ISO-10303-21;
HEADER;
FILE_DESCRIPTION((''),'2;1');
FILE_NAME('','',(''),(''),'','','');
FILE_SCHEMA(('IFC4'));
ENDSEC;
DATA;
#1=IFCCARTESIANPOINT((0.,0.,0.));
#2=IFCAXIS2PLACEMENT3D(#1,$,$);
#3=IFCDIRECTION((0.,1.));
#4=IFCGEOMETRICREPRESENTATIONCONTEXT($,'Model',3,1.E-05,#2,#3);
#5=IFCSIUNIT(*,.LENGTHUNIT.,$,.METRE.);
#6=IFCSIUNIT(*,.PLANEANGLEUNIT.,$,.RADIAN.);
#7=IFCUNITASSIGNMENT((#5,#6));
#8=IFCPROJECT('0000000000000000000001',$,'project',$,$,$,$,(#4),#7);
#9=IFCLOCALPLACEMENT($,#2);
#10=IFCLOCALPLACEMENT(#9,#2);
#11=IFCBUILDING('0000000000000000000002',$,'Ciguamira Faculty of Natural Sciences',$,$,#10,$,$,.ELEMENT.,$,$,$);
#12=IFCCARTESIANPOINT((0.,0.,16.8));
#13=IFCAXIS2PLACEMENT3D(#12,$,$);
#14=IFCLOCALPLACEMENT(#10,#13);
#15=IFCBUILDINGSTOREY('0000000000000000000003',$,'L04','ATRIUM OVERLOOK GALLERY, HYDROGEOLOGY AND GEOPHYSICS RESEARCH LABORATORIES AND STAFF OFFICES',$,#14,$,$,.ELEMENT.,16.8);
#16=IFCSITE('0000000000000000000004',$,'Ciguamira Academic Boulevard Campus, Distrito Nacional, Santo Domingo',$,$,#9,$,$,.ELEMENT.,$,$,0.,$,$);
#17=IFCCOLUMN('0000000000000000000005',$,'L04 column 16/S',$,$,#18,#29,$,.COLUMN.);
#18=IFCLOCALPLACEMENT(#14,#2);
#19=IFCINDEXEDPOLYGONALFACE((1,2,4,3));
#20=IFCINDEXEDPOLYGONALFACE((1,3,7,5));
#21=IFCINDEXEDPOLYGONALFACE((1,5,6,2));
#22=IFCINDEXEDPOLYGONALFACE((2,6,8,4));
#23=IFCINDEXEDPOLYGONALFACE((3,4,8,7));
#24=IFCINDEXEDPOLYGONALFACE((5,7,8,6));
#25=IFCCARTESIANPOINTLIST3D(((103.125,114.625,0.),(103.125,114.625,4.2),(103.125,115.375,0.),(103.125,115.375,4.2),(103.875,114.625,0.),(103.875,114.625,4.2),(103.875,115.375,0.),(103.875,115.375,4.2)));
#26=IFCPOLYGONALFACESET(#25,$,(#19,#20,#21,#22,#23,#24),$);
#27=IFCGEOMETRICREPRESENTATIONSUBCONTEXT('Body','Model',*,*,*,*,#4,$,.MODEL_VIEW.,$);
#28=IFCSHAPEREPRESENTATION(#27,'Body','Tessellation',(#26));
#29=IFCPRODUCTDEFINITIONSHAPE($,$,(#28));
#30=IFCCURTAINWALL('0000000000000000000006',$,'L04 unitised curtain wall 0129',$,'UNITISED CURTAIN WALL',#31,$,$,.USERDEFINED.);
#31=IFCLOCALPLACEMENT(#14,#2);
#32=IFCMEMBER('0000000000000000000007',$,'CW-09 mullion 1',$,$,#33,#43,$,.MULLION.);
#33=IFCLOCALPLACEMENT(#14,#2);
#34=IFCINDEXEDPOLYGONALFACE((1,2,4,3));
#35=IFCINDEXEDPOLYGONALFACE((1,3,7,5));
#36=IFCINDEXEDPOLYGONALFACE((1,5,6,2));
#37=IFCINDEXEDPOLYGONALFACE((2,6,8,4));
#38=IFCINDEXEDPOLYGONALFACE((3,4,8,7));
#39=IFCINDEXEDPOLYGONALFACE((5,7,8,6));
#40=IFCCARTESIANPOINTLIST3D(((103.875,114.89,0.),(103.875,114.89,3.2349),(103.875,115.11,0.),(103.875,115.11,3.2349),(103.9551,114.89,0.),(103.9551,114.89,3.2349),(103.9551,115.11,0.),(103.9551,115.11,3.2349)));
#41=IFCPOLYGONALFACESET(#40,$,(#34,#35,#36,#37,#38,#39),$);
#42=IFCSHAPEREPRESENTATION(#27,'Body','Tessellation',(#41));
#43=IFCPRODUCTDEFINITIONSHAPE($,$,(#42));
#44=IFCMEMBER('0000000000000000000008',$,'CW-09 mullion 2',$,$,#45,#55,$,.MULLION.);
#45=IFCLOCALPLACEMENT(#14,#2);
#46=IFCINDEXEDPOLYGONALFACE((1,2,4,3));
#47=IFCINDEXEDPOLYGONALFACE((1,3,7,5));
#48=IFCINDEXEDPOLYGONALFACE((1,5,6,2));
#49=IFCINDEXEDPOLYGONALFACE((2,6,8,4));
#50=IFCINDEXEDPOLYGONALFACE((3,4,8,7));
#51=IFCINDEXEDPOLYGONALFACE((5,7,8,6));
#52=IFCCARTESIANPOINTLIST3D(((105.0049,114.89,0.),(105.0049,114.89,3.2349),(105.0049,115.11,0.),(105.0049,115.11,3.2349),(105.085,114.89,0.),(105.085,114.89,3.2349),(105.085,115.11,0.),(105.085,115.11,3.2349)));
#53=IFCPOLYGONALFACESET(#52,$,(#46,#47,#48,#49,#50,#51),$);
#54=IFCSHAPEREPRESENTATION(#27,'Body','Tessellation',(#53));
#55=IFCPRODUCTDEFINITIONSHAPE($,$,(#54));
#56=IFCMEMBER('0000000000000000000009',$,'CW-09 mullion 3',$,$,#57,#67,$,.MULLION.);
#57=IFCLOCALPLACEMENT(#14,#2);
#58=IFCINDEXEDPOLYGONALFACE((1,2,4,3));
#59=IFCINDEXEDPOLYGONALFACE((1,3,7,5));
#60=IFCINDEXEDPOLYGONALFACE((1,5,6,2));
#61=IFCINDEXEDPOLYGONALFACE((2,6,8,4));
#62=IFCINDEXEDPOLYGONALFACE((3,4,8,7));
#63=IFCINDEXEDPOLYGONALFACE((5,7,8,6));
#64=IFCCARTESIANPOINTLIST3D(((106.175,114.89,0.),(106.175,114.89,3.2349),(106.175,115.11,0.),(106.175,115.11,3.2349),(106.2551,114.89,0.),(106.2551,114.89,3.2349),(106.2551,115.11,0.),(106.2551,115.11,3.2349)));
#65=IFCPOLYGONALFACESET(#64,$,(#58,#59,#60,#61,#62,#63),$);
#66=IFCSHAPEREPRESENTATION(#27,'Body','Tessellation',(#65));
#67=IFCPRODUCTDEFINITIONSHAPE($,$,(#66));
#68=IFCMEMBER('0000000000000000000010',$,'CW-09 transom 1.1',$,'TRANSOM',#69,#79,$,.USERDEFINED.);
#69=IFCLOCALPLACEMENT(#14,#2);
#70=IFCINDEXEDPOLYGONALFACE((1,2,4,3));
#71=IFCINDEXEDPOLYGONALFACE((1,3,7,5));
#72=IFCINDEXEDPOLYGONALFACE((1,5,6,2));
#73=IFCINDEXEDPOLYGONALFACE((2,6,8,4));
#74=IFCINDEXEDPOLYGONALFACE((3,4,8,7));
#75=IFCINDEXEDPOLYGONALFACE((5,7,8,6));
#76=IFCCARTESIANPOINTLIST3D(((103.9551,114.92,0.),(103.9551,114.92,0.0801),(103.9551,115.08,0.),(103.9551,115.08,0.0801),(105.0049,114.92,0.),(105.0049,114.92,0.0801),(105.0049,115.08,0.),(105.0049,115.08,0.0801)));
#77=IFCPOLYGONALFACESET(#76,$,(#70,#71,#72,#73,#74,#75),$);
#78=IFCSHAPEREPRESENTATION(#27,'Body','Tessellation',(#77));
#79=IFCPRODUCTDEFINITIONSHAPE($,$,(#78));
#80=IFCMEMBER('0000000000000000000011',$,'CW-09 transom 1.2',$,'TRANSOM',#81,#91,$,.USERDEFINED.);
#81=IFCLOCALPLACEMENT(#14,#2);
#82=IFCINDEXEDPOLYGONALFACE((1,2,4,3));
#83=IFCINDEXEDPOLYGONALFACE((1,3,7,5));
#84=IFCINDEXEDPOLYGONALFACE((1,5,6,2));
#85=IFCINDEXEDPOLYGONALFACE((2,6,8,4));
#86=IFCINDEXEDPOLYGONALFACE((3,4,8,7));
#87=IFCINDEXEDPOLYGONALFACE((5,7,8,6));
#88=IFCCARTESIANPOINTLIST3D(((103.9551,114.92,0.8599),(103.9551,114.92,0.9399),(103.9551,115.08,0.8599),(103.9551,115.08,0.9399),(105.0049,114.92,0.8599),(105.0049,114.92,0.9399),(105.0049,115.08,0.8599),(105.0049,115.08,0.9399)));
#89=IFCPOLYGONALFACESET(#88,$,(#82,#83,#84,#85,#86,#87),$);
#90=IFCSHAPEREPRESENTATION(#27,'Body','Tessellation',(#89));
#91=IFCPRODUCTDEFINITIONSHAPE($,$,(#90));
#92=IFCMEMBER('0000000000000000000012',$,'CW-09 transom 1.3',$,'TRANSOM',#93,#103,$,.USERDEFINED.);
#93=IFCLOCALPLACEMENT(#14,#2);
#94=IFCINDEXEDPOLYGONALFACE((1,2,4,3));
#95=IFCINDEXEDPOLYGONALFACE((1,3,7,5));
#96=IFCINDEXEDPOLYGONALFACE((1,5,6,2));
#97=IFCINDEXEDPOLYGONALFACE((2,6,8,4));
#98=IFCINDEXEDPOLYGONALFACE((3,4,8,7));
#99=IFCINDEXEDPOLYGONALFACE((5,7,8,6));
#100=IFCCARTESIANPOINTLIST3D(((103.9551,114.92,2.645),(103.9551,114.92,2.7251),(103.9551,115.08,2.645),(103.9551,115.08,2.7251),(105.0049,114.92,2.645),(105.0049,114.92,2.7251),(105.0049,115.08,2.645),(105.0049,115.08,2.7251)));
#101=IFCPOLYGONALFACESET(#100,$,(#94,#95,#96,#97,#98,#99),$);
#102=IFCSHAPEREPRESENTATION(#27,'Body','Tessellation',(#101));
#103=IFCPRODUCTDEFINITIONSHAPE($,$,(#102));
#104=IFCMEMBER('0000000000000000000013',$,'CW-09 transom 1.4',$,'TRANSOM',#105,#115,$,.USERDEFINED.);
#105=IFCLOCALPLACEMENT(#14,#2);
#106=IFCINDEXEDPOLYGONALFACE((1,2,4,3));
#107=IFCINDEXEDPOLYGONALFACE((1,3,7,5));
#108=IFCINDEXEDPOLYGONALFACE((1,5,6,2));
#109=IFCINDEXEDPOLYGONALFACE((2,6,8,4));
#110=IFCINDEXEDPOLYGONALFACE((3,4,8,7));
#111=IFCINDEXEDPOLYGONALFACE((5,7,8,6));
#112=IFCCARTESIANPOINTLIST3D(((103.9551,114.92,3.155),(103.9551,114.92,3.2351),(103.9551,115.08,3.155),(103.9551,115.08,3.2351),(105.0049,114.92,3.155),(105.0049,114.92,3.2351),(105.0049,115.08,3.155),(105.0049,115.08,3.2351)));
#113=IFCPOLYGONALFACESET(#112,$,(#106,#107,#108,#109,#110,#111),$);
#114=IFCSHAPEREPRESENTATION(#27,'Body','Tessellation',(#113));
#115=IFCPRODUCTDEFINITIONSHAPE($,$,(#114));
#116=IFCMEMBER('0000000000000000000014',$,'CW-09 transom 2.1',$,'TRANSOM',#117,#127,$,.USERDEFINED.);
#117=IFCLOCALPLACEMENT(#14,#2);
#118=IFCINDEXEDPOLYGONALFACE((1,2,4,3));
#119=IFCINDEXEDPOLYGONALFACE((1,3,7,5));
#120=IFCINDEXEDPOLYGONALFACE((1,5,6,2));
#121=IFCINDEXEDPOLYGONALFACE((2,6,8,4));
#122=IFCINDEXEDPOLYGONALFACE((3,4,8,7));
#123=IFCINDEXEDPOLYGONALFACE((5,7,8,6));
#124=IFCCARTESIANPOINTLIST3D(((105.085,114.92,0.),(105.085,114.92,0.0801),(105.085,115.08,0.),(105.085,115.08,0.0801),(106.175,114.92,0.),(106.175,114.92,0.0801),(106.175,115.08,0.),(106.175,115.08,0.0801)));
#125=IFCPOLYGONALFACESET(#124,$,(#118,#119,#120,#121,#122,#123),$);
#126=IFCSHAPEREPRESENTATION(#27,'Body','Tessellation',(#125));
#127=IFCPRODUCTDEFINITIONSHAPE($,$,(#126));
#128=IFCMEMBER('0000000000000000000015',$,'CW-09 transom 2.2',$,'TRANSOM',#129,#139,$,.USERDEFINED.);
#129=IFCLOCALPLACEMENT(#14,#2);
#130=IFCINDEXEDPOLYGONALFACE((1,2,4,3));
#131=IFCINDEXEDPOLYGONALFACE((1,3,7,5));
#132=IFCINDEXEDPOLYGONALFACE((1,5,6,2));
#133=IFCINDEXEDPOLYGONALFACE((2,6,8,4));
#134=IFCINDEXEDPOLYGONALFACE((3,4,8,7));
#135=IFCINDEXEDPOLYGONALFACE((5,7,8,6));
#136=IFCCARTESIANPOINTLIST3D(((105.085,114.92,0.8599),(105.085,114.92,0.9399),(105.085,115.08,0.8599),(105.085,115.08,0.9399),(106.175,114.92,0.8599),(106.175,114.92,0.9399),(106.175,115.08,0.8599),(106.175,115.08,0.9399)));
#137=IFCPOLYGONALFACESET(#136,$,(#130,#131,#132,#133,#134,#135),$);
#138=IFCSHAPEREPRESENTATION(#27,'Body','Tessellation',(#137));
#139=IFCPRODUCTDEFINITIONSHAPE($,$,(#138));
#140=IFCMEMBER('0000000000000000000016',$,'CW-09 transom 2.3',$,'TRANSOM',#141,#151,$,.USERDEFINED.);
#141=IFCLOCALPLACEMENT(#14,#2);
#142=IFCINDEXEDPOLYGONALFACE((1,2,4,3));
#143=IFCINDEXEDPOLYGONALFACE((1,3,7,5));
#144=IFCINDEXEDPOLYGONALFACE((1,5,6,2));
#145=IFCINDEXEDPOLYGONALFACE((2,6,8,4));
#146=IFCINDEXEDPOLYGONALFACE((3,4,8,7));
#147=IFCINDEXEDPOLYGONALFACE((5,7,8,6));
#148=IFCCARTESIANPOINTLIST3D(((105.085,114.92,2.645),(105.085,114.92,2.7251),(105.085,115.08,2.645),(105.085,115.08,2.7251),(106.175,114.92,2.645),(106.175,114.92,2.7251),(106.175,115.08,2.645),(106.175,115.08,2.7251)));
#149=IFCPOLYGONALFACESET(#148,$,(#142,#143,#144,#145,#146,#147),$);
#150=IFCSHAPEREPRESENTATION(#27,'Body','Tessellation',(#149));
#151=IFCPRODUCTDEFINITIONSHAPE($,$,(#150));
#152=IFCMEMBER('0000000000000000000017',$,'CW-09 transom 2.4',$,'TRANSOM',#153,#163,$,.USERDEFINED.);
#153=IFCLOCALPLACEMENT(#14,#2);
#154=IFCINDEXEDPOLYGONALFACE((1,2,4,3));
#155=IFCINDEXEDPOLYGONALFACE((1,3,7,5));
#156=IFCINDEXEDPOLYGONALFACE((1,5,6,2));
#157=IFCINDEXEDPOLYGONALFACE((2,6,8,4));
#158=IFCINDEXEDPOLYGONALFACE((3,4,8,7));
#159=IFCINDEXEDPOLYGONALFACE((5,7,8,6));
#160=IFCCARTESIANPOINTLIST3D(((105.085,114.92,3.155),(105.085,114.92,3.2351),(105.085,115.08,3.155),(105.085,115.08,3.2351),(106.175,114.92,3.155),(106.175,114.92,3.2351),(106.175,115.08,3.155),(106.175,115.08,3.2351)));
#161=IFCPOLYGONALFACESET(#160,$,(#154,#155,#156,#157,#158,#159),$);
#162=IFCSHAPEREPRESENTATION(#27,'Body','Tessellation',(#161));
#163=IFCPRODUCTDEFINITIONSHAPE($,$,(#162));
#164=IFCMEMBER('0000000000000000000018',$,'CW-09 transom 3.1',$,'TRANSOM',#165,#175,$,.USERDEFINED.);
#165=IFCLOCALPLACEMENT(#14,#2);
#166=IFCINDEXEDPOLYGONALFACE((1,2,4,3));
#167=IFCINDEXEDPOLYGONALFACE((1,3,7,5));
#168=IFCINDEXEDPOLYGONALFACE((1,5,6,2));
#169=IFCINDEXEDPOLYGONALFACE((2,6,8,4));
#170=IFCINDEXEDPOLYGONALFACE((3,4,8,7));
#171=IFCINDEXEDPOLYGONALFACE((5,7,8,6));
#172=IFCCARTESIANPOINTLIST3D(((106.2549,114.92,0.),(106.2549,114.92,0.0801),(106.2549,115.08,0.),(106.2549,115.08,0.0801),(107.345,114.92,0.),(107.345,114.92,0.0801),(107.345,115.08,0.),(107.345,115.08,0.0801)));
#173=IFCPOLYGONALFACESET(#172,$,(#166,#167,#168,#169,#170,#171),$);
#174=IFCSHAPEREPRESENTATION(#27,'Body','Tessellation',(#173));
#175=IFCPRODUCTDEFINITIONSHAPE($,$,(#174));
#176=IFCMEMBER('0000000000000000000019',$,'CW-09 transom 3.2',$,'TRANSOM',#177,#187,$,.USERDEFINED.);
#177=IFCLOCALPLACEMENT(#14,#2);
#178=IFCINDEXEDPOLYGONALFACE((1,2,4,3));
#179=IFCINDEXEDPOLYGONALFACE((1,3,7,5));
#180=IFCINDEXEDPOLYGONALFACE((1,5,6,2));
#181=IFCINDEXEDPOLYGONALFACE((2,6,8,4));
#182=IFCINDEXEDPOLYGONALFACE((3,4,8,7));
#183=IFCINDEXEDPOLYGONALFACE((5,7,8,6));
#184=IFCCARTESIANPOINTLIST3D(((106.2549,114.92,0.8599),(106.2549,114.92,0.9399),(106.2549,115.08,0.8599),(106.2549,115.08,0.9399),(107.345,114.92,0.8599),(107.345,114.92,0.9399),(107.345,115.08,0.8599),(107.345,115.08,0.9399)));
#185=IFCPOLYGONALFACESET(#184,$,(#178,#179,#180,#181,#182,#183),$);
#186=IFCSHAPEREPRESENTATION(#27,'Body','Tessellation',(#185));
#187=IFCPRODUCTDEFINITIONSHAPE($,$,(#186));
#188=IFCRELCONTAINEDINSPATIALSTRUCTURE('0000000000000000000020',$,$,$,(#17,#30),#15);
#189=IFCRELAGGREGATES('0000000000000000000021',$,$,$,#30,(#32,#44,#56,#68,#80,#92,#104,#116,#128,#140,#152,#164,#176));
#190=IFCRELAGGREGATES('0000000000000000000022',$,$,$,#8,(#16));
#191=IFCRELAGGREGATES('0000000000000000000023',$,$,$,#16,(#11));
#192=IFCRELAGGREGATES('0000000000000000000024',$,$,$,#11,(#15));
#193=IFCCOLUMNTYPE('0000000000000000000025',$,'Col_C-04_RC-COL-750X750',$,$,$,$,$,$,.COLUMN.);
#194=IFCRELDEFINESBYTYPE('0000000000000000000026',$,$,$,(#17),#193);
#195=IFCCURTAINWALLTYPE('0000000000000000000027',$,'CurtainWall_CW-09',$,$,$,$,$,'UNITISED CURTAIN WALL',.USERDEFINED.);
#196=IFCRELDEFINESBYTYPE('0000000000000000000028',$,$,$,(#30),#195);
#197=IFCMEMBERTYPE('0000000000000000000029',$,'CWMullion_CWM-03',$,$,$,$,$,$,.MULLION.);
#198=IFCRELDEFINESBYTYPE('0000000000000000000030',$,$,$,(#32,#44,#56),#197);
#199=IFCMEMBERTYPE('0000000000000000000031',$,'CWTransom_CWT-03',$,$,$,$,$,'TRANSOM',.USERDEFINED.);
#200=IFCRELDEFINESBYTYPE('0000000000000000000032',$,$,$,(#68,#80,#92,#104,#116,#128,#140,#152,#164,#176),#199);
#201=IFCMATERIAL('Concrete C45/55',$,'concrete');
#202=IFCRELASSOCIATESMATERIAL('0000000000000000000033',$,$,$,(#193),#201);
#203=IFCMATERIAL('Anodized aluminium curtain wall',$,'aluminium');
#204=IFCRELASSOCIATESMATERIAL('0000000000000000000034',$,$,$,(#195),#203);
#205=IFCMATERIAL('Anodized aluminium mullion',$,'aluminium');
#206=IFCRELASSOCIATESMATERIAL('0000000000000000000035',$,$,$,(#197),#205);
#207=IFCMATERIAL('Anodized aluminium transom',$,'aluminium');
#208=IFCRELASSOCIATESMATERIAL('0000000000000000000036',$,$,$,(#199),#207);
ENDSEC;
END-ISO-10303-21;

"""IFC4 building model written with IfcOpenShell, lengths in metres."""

from ifc_helpers import new_model, si_unit, direction, frame, origin, origin_2d, place, context, subcontext, project, spatial, rectangle, extrude, material, material_profile, profile_set, type_object, element, aggregate, save


model = new_model("IFC4")

# Units and contexts
model_context = context("Model", 3, precision=1e-05, world=origin(), true_north=direction((0.0, 1.0)))
body_context = subcontext(model_context, "Body", "Model", "MODEL_VIEW")
ifc_project = project(units=[si_unit("LENGTHUNIT", "METRE"), si_unit("PLANEANGLEUNIT", "RADIAN")], contexts=[model_context])

# Site, building, storey
site_placement = place(None, origin())
site = spatial("IfcSite", under=ifc_project, at=site_placement, Name="Ciguamira Academic Boulevard Campus, Distrito Nacional, Santo Domingo", CompositionType="ELEMENT", RefElevation=0.0)
building_placement = place(site_placement, origin())
building = spatial("IfcBuilding", under=site, at=building_placement, Name="Ciguamira Faculty of Natural Sciences", CompositionType="ELEMENT")
storey_placement = place(building_placement, frame((0.0, 0.0, 16.8)))
storey = spatial("IfcBuildingStorey", under=building, at=storey_placement, Name="L04", Description="ATRIUM OVERLOOK GALLERY, HYDROGEOLOGY AND GEOPHYSICS RESEARCH LABORATORIES AND STAFF OFFICES", CompositionType="ELEMENT", Elevation=16.8)

# Column
ifc_material_1 = material(Name="Concrete C45/55", Category="concrete")
ifc_material_profile_1 = material_profile(ifc_material_1, rectangle(XDim=0.75, YDim=0.75, at=origin_2d()), Name="RC-COL-750X750")
ifc_profile_set_1 = profile_set([ifc_material_profile_1], Name="Concrete C45/55")
column_type = type_object("IfcColumnType", Name="Col_C-04_RC-COL-750X750", PredefinedType="COLUMN", material=ifc_profile_set_1)
column_placement = place(storey_placement, frame((103.5, 115.0, 0.0), z_axis=(0.0, 0.0, 1.0), x_axis=(1.0, 0.0, 0.0)))
element("IfcColumn", 1, at=column_placement, inside=storey, type_object=column_type, Name="L04 column 16/S", PredefinedType="COLUMN", context=body_context, shape_type="SweptSolid", body=[
    extrude(rectangle(XDim=0.75, YDim=0.75, at=origin_2d()), origin(), (0.0, 0.0, 1.0), 4.2),
])

# Curtain wall, members
ifc_material_2 = material(Name="Anodized aluminium curtain wall", Category="aluminium")
curtain_wall_type = type_object("IfcCurtainWallType", Name="CurtainWall_CW-09", ElementType="UNITISED CURTAIN WALL", PredefinedType="USERDEFINED", material=ifc_material_2)
curtain_wall_placement = place(storey_placement, origin())
curtain_wall = element("IfcCurtainWall", 2, at=curtain_wall_placement, inside=storey, type_object=curtain_wall_type, Name="L04 unitised curtain wall 0129", ObjectType="UNITISED CURTAIN WALL", PredefinedType="USERDEFINED")
ifc_material_3 = material(Name="Anodized aluminium mullion", Category="aluminium")
ifc_material_profile_2 = material_profile(ifc_material_3, rectangle(XDim=0.0801, YDim=0.22, at=origin_2d()), Name="ALU-MUL-80X220")
ifc_profile_set_2 = profile_set([ifc_material_profile_2], Name="Anodized aluminium mullion")
member_type_1 = type_object("IfcMemberType", Name="CWMullion_CWM-03", PredefinedType="MULLION", material=ifc_profile_set_2)
member_1_placement = place(storey_placement, frame((103.915, 115.0, 0.0), z_axis=(0.0, 0.0, 1.0), x_axis=(1.0, 0.0, 0.0)))
member_1 = element("IfcMember", 3, at=member_1_placement, type_object=member_type_1, Name="CW-09 mullion 1", PredefinedType="MULLION", context=body_context, shape_type="SweptSolid", body=[
    extrude(rectangle(XDim=0.0801, YDim=0.22, at=origin_2d()), origin(), (0.0, 0.0, 1.0), 3.2349),
])
member_2_placement = place(storey_placement, frame((105.0449, 115.0, 0.0), z_axis=(0.0, 0.0, 1.0), x_axis=(1.0, 0.0, 0.0)))
member_2 = element("IfcMember", 4, at=member_2_placement, type_object=member_type_1, Name="CW-09 mullion 2", PredefinedType="MULLION", context=body_context, shape_type="SweptSolid", body=[
    extrude(rectangle(XDim=0.0801, YDim=0.22, at=origin_2d()), origin(), (0.0, 0.0, 1.0), 3.2349),
])
member_3_placement = place(storey_placement, frame((106.2151, 115.0, 0.0), z_axis=(0.0, 0.0, 1.0), x_axis=(1.0, 0.0, 0.0)))
member_3 = element("IfcMember", 5, at=member_3_placement, type_object=member_type_1, Name="CW-09 mullion 3", PredefinedType="MULLION", context=body_context, shape_type="SweptSolid", body=[
    extrude(rectangle(XDim=0.0801, YDim=0.22, at=origin_2d()), origin(), (0.0, 0.0, 1.0), 3.2349),
])
ifc_material_4 = material(Name="Anodized aluminium transom", Category="aluminium")
ifc_material_profile_3 = material_profile(ifc_material_4, rectangle(XDim=0.0801, YDim=0.1599, at=origin_2d()), Name="ALU-TRN-80X160")
ifc_profile_set_3 = profile_set([ifc_material_profile_3], Name="Anodized aluminium transom")
member_type_2 = type_object("IfcMemberType", Name="CWTransom_CWT-03", ElementType="TRANSOM", PredefinedType="USERDEFINED", material=ifc_profile_set_3)
member_4_placement = place(storey_placement, frame((103.9551, 115.0, 0.04), z_axis=(1.0, 0.0, 0.0), x_axis=(0.0, 0.0, 1.0)))
member_4 = element("IfcMember", 6, at=member_4_placement, type_object=member_type_2, Name="CW-09 transom 1.1", ObjectType="TRANSOM", PredefinedType="USERDEFINED", context=body_context, shape_type="SweptSolid", body=[
    extrude(rectangle(XDim=0.0801, YDim=0.1599, at=origin_2d()), origin(), (0.0, 0.0, 1.0), 1.0498),
])
member_5_placement = place(storey_placement, frame((103.9551, 115.0, 0.8999), z_axis=(1.0, 0.0, 0.0), x_axis=(0.0, 0.0, 1.0)))
member_5 = element("IfcMember", 7, at=member_5_placement, type_object=member_type_2, Name="CW-09 transom 1.2", ObjectType="TRANSOM", PredefinedType="USERDEFINED", context=body_context, shape_type="SweptSolid", body=[
    extrude(rectangle(XDim=0.0801, YDim=0.1599, at=origin_2d()), origin(), (0.0, 0.0, 1.0), 1.0498),
])
member_6_placement = place(storey_placement, frame((103.9551, 115.0, 2.6851), z_axis=(1.0, 0.0, 0.0), x_axis=(0.0, 0.0, 1.0)))
member_6 = element("IfcMember", 8, at=member_6_placement, type_object=member_type_2, Name="CW-09 transom 1.3", ObjectType="TRANSOM", PredefinedType="USERDEFINED", context=body_context, shape_type="SweptSolid", body=[
    extrude(rectangle(XDim=0.0801, YDim=0.1599, at=origin_2d()), origin(), (0.0, 0.0, 1.0), 1.0498),
])
member_7_placement = place(storey_placement, frame((103.9551, 115.0, 3.1951), z_axis=(1.0, 0.0, 0.0), x_axis=(0.0, 0.0, 1.0)))
member_7 = element("IfcMember", 9, at=member_7_placement, type_object=member_type_2, Name="CW-09 transom 1.4", ObjectType="TRANSOM", PredefinedType="USERDEFINED", context=body_context, shape_type="SweptSolid", body=[
    extrude(rectangle(XDim=0.0801, YDim=0.1599, at=origin_2d()), origin(), (0.0, 0.0, 1.0), 1.0498),
])
member_8_placement = place(storey_placement, frame((105.085, 115.0, 0.04), z_axis=(1.0, 0.0, 0.0), x_axis=(0.0, 0.0, 1.0)))
member_8 = element("IfcMember", 10, at=member_8_placement, type_object=member_type_2, Name="CW-09 transom 2.1", ObjectType="TRANSOM", PredefinedType="USERDEFINED", context=body_context, shape_type="SweptSolid", body=[
    extrude(rectangle(XDim=0.0801, YDim=0.1599, at=origin_2d()), origin(), (0.0, 0.0, 1.0), 1.0901),
])
member_9_placement = place(storey_placement, frame((105.085, 115.0, 0.8999), z_axis=(1.0, 0.0, 0.0), x_axis=(0.0, 0.0, 1.0)))
member_9 = element("IfcMember", 11, at=member_9_placement, type_object=member_type_2, Name="CW-09 transom 2.2", ObjectType="TRANSOM", PredefinedType="USERDEFINED", context=body_context, shape_type="SweptSolid", body=[
    extrude(rectangle(XDim=0.0801, YDim=0.1599, at=origin_2d()), origin(), (0.0, 0.0, 1.0), 1.0901),
])
member_10_placement = place(storey_placement, frame((105.085, 115.0, 2.6851), z_axis=(1.0, 0.0, 0.0), x_axis=(0.0, 0.0, 1.0)))
member_10 = element("IfcMember", 12, at=member_10_placement, type_object=member_type_2, Name="CW-09 transom 2.3", ObjectType="TRANSOM", PredefinedType="USERDEFINED", context=body_context, shape_type="SweptSolid", body=[
    extrude(rectangle(XDim=0.0801, YDim=0.1599, at=origin_2d()), origin(), (0.0, 0.0, 1.0), 1.0901),
])
member_11_placement = place(storey_placement, frame((105.085, 115.0, 3.1951), z_axis=(1.0, 0.0, 0.0), x_axis=(0.0, 0.0, 1.0)))
member_11 = element("IfcMember", 13, at=member_11_placement, type_object=member_type_2, Name="CW-09 transom 2.4", ObjectType="TRANSOM", PredefinedType="USERDEFINED", context=body_context, shape_type="SweptSolid", body=[
    extrude(rectangle(XDim=0.0801, YDim=0.1599, at=origin_2d()), origin(), (0.0, 0.0, 1.0), 1.0901),
])
member_12_placement = place(storey_placement, frame((106.2549, 115.0, 0.04), z_axis=(1.0, 0.0, 0.0), x_axis=(0.0, 0.0, 1.0)))
member_12 = element("IfcMember", 14, at=member_12_placement, type_object=member_type_2, Name="CW-09 transom 3.1", ObjectType="TRANSOM", PredefinedType="USERDEFINED", context=body_context, shape_type="SweptSolid", body=[
    extrude(rectangle(XDim=0.0801, YDim=0.1599, at=origin_2d()), origin(), (0.0, 0.0, 1.0), 1.0901),
])
member_13_placement = place(storey_placement, frame((106.2549, 115.0, 0.8999), z_axis=(1.0, 0.0, 0.0), x_axis=(0.0, 0.0, 1.0)))
member_13 = element("IfcMember", 15, at=member_13_placement, type_object=member_type_2, Name="CW-09 transom 3.2", ObjectType="TRANSOM", PredefinedType="USERDEFINED", context=body_context, shape_type="SweptSolid", body=[
    extrude(rectangle(XDim=0.0801, YDim=0.1599, at=origin_2d()), origin(), (0.0, 0.0, 1.0), 1.0901),
])

aggregate(curtain_wall, [member_1, member_2, member_3, member_4, member_5, member_6, member_7, member_8, member_9, member_10, member_11, member_12, member_13])

save(model, "model.ifc")
